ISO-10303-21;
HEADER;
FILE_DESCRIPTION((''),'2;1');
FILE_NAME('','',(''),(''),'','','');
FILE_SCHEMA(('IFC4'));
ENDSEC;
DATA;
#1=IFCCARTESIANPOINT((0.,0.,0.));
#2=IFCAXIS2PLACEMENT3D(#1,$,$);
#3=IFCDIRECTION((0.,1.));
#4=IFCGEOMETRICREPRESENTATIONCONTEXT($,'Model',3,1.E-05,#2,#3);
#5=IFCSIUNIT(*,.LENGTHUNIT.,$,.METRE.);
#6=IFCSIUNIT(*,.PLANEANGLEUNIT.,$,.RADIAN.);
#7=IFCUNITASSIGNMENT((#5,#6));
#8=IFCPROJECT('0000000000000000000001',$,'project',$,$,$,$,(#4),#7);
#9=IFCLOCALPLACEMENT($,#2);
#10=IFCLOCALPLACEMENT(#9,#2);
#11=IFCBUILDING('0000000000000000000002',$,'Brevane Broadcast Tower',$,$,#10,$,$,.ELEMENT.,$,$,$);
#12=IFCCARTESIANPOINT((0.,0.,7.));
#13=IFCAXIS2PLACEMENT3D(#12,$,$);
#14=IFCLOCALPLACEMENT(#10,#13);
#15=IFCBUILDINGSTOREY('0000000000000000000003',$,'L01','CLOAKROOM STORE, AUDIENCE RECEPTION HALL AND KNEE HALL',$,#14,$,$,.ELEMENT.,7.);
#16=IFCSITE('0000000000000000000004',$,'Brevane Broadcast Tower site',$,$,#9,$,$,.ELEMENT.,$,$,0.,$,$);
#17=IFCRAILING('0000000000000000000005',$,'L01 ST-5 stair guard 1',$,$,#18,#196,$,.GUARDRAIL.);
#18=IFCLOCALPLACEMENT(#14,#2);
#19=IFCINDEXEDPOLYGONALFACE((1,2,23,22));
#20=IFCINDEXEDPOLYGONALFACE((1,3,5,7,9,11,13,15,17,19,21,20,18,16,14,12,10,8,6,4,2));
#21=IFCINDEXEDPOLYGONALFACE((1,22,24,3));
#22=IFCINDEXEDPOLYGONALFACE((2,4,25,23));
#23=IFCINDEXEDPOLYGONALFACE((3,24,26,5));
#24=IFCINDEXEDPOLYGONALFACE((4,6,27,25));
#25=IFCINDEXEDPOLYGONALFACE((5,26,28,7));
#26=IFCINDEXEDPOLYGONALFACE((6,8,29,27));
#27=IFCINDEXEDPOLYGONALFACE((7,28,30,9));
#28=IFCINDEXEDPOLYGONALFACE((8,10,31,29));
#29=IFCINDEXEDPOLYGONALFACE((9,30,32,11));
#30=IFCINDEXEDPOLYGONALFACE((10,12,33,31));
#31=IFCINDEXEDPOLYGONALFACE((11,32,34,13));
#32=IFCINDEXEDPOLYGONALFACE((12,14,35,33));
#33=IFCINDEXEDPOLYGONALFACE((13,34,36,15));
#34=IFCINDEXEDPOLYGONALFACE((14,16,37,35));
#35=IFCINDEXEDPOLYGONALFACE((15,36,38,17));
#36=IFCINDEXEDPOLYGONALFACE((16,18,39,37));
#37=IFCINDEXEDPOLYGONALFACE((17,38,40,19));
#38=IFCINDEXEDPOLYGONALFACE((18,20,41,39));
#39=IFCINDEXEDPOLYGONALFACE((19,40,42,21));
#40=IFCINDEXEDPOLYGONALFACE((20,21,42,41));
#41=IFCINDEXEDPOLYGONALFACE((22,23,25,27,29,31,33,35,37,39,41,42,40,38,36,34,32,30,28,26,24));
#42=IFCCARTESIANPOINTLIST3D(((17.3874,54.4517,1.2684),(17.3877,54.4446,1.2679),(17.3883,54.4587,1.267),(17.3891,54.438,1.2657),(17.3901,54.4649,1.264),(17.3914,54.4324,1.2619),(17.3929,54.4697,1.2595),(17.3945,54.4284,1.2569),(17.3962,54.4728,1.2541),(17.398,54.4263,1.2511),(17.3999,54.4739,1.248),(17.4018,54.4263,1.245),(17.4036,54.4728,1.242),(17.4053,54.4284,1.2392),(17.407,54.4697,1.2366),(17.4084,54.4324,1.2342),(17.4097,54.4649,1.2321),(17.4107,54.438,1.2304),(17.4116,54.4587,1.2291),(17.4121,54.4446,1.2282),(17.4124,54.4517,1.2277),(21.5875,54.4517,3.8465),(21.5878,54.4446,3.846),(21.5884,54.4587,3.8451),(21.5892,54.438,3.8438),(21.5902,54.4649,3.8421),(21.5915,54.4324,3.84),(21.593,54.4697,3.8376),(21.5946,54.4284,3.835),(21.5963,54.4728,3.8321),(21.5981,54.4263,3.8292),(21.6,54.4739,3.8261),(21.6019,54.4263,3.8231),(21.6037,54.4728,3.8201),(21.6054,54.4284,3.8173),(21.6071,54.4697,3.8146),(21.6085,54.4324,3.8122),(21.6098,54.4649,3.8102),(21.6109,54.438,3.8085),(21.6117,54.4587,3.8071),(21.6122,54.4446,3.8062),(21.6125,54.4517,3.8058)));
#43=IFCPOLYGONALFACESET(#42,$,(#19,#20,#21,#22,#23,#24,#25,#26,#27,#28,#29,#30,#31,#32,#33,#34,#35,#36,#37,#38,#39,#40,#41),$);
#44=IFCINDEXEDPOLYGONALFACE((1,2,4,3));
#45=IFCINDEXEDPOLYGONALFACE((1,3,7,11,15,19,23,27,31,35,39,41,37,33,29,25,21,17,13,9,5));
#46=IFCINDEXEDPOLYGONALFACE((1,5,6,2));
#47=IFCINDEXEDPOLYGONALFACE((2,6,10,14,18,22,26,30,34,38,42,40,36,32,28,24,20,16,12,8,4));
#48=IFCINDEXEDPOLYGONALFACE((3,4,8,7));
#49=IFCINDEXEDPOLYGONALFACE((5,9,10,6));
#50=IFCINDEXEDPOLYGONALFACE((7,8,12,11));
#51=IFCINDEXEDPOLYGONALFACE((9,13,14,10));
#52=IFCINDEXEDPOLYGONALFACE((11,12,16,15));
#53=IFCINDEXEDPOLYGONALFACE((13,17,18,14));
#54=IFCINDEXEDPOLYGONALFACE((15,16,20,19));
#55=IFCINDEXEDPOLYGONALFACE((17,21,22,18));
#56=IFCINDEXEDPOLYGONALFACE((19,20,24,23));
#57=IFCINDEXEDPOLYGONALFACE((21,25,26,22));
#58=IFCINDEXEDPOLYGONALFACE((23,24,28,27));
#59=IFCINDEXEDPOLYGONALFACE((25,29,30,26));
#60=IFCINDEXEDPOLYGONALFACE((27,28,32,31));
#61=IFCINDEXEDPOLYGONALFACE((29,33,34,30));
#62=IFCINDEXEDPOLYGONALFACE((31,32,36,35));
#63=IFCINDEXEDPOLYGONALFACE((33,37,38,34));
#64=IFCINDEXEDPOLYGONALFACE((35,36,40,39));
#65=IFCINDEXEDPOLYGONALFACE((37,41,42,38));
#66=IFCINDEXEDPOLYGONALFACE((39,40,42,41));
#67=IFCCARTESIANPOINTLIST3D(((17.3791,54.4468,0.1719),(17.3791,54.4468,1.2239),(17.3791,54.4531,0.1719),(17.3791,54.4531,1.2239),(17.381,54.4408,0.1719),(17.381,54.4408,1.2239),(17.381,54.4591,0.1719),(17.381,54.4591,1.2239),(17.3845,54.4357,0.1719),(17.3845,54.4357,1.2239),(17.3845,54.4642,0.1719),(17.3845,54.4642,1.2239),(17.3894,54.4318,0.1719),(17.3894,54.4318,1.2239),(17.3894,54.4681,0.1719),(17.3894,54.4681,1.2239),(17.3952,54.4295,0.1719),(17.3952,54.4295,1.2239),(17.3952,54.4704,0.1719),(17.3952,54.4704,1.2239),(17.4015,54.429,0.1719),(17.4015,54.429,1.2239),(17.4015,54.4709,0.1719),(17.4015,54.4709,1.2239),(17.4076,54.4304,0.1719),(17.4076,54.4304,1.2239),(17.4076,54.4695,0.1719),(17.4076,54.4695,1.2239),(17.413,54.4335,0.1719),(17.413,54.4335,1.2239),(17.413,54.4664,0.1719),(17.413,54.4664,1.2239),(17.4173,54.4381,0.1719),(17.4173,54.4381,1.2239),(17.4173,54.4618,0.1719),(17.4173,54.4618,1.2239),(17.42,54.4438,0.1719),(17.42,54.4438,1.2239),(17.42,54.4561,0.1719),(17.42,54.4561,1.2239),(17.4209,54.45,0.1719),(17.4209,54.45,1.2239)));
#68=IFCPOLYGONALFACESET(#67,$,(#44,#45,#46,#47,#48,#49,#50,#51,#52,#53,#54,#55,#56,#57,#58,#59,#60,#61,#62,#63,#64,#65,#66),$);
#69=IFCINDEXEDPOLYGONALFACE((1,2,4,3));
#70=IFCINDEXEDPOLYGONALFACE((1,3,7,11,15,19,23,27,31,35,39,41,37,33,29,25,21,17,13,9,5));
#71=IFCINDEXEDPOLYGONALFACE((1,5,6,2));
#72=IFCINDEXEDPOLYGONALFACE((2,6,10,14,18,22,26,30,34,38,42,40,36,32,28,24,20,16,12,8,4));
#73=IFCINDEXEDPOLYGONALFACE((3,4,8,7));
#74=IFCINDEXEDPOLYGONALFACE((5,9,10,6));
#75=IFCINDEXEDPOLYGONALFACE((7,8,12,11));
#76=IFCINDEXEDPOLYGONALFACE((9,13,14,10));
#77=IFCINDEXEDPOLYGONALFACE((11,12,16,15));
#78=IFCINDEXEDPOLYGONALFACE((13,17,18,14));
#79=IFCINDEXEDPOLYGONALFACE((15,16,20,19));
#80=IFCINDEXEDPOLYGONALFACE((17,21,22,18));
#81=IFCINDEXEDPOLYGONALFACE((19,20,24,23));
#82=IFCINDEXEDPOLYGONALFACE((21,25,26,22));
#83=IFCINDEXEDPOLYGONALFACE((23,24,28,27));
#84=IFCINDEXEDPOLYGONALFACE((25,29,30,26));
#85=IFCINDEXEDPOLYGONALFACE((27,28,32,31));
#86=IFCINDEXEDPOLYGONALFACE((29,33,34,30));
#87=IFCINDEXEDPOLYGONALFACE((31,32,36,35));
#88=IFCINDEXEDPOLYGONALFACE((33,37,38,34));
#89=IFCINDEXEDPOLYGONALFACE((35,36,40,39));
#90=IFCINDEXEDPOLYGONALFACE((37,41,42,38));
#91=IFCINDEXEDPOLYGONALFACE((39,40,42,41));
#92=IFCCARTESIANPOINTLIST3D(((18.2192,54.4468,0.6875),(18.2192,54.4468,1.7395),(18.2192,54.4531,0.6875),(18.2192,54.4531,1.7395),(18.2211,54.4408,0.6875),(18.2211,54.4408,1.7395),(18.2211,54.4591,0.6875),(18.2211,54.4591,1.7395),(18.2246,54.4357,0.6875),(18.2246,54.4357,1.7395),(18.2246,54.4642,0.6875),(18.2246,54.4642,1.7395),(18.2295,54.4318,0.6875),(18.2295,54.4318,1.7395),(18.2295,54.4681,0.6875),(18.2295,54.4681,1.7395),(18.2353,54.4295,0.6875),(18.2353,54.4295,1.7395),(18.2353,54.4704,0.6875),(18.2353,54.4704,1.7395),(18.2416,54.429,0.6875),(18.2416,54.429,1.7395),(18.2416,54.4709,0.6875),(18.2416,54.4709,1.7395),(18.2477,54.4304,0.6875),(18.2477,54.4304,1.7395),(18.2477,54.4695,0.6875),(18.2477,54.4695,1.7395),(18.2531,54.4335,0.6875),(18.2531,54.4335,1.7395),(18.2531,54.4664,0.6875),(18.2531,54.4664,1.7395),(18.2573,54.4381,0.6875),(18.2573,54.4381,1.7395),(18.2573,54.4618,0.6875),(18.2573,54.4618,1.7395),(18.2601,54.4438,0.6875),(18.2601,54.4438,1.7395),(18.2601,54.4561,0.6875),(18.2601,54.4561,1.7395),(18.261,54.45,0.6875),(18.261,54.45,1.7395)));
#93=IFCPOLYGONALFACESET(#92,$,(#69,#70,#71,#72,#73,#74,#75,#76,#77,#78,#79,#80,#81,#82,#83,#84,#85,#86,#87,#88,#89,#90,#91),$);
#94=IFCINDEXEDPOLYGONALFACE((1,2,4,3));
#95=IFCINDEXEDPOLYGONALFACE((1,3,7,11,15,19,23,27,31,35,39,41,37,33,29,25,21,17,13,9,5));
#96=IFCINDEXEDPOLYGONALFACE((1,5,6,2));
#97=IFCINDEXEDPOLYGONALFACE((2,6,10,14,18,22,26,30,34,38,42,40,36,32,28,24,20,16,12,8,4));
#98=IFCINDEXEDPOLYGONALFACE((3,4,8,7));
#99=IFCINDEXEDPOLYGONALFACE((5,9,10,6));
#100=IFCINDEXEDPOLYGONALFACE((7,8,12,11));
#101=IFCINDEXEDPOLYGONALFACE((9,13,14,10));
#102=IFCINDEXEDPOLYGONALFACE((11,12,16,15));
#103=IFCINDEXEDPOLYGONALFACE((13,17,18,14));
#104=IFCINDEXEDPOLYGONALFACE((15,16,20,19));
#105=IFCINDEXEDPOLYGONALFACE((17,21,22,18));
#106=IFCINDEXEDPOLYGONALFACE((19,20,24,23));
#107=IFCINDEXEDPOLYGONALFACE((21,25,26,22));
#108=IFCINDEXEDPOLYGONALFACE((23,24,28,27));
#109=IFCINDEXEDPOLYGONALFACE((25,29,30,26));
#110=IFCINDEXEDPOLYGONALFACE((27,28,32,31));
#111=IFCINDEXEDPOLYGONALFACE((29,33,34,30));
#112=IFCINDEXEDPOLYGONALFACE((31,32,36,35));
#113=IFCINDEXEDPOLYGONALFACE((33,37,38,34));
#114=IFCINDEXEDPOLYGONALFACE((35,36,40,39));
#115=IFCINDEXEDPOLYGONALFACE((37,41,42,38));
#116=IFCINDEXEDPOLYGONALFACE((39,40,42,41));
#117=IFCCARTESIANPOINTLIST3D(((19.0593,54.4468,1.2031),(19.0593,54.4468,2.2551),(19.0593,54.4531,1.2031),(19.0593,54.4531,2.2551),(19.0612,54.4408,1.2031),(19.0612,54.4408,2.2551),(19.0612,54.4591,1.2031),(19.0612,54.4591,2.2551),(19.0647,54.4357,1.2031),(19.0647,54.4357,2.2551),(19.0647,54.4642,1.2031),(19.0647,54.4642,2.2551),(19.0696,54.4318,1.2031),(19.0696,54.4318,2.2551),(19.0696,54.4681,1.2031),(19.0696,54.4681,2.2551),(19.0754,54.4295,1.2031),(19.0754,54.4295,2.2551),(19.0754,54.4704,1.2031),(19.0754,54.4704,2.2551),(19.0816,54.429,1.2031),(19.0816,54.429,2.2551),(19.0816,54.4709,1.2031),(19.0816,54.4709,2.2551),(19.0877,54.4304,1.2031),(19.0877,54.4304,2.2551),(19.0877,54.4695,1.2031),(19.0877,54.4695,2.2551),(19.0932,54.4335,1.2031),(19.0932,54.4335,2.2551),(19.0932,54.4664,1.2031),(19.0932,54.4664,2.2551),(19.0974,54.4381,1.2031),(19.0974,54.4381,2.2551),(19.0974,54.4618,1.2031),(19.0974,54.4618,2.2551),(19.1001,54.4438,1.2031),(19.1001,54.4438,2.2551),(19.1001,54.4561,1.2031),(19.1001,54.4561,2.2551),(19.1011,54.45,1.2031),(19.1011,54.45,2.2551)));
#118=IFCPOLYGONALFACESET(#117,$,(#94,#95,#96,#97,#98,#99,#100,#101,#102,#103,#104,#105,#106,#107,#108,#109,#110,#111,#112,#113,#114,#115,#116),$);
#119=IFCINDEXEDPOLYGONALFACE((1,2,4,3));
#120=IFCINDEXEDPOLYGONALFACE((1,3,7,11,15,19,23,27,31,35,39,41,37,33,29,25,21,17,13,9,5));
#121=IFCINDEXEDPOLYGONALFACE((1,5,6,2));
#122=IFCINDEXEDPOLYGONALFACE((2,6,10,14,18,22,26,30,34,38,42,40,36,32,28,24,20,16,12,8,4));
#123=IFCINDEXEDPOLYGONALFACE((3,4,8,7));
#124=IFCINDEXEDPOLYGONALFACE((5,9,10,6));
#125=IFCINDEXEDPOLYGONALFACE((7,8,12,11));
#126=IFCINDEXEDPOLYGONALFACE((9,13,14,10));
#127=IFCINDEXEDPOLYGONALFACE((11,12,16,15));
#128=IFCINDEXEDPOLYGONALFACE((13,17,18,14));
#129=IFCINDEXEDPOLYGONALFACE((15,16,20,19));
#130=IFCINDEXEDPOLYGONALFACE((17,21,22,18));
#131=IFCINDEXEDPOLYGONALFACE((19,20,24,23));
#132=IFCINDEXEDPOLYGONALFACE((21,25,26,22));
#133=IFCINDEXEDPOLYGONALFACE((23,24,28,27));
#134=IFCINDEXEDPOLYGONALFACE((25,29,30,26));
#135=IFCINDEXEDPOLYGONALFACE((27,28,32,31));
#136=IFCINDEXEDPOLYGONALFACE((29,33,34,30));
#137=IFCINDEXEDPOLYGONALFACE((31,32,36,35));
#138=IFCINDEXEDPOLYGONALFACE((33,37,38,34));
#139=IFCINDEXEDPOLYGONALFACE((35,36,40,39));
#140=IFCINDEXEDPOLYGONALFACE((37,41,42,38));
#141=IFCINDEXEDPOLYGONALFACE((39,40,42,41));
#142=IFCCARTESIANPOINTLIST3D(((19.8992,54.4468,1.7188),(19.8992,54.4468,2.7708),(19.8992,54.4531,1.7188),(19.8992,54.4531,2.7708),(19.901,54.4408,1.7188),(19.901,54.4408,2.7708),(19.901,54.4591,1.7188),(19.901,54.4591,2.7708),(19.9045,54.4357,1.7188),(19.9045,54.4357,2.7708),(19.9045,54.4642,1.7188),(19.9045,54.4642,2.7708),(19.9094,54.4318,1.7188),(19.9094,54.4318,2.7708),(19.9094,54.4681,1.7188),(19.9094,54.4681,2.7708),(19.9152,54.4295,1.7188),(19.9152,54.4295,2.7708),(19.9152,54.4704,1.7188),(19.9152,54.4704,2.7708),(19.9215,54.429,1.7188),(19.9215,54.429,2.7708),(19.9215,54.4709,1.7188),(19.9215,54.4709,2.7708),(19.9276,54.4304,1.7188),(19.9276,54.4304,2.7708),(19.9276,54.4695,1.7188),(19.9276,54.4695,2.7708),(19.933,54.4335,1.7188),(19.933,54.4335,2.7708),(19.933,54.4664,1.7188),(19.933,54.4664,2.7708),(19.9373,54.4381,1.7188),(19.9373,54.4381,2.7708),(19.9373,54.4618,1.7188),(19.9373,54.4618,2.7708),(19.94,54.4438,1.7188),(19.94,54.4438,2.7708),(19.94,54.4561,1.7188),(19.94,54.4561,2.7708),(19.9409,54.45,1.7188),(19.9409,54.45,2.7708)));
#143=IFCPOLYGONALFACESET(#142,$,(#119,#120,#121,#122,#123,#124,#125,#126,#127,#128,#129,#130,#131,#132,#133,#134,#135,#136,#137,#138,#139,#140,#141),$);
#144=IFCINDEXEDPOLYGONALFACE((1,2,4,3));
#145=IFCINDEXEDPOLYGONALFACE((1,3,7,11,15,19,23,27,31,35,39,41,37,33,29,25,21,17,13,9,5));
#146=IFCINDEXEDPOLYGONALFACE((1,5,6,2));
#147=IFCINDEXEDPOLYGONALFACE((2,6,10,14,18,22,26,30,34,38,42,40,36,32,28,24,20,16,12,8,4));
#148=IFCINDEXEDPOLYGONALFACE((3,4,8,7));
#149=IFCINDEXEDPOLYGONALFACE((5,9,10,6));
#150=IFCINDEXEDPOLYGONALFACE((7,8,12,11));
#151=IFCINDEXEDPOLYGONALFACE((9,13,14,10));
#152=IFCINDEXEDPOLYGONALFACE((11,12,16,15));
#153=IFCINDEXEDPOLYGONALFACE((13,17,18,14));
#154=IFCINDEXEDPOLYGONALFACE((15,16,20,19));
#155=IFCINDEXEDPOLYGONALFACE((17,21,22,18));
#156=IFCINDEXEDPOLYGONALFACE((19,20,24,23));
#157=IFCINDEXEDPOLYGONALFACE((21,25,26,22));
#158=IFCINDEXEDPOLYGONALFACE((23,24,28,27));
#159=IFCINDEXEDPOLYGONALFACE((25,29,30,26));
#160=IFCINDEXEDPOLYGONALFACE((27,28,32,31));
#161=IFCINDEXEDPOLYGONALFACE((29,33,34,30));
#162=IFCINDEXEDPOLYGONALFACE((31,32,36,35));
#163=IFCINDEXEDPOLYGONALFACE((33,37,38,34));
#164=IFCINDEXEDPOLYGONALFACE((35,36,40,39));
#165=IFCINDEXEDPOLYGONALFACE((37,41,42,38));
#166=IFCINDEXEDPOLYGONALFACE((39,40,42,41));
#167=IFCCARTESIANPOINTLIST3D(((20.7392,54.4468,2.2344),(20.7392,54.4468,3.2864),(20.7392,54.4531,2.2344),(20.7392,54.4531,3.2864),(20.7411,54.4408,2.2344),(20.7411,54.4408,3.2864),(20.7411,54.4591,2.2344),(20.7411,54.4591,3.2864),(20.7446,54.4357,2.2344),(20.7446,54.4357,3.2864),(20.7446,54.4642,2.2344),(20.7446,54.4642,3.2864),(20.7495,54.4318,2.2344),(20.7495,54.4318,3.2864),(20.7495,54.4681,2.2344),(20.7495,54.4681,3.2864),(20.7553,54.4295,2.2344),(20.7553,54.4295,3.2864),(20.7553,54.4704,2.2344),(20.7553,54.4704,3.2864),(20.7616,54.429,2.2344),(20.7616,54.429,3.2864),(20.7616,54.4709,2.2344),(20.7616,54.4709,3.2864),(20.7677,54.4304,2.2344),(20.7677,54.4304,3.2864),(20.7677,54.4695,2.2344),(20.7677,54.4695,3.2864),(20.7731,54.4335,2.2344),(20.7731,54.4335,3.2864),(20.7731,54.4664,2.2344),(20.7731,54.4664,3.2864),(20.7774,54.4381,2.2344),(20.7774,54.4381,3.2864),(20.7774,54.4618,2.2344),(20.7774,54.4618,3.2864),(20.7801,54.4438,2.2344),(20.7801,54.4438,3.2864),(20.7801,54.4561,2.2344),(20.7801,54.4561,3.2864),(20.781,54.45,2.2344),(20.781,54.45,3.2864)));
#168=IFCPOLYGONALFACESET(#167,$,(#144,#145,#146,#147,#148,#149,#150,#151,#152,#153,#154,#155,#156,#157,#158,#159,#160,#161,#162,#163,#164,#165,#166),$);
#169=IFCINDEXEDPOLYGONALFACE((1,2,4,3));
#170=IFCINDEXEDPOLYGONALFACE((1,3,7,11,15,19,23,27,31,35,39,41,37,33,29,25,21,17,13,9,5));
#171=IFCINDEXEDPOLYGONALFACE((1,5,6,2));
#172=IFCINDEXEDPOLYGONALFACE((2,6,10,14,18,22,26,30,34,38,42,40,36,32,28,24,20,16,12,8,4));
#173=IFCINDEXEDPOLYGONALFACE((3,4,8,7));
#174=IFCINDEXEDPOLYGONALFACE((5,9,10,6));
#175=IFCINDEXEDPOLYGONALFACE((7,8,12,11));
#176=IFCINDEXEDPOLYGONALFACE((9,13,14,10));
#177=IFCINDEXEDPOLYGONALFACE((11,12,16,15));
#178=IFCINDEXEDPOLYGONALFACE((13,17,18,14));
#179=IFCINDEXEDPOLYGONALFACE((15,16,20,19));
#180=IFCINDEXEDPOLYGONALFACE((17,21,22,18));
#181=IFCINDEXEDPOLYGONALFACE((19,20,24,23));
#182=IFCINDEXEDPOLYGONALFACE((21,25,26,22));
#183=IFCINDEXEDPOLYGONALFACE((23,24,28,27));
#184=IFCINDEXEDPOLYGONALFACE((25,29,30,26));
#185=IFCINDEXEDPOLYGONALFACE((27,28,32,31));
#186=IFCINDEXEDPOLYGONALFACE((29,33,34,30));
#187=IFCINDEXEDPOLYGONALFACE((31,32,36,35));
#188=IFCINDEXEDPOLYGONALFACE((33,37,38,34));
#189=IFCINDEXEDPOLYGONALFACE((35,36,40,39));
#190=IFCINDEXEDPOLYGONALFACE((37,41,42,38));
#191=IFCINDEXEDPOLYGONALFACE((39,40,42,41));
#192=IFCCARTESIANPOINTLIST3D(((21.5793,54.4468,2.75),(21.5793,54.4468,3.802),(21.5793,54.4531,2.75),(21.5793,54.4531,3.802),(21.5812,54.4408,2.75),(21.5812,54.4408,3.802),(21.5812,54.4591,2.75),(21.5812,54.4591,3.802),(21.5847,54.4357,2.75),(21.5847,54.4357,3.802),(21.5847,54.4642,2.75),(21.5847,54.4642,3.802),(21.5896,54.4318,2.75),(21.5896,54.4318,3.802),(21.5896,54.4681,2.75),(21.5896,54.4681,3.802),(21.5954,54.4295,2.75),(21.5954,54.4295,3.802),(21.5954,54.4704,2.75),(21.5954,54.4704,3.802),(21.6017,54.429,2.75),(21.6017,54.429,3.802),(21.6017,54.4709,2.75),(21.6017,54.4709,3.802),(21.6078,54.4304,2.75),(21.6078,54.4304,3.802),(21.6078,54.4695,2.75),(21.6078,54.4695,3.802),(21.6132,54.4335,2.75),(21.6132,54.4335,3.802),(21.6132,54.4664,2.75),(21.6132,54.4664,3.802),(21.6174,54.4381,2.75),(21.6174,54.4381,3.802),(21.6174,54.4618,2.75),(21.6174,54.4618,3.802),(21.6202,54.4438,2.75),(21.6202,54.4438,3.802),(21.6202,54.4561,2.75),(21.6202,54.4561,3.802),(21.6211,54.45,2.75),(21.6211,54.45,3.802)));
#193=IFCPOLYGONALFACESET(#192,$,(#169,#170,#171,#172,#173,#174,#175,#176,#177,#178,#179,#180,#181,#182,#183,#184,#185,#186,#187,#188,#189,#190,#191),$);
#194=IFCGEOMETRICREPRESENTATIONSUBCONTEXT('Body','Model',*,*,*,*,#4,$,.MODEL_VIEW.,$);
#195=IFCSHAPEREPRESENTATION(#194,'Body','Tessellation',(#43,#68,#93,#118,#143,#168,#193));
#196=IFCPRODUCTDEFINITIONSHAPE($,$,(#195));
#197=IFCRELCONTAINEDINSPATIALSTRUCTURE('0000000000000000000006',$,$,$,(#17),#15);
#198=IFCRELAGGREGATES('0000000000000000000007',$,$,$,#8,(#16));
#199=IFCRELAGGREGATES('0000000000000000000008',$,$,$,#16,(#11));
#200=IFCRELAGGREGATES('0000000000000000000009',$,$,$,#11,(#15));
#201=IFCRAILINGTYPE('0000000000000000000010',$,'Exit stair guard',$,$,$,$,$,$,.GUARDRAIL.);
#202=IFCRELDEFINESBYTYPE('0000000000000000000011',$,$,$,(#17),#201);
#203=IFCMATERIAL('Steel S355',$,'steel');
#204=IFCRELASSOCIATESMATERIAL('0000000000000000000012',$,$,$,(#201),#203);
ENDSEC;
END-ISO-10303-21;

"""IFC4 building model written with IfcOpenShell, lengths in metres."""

from ifc_helpers import new_model, si_unit, direction, frame, origin, origin_2d, place, context, subcontext, project, spatial, circle, extrude, material, type_object, element, save


model = new_model("IFC4")

# Units and contexts
model_context = context("Model", 3, precision=1e-05, world=origin(), true_north=direction((0.0, 1.0)))
body_context = subcontext(model_context, "Body", "Model", "MODEL_VIEW")
ifc_project = project(units=[si_unit("LENGTHUNIT", "METRE"), si_unit("PLANEANGLEUNIT", "RADIAN")], contexts=[model_context])

# Site, building, storey
site_placement = place(None, origin())
site = spatial("IfcSite", under=ifc_project, at=site_placement, Name="Brevane Broadcast Tower site", CompositionType="ELEMENT", RefElevation=0.0)
building_placement = place(site_placement, origin())
building = spatial("IfcBuilding", under=site, at=building_placement, Name="Brevane Broadcast Tower", CompositionType="ELEMENT")
storey_placement = place(building_placement, frame((0.0, 0.0, 7.0)))
storey = spatial("IfcBuildingStorey", under=building, at=storey_placement, Name="L01", Description="CLOAKROOM STORE, AUDIENCE RECEPTION HALL AND KNEE HALL", CompositionType="ELEMENT", Elevation=7.0)

# Railing
ifc_material_1 = material(Name="Steel S355", Category="steel")
railing_type_1 = type_object("IfcRailingType", Name="Exit stair guard", PredefinedType="GUARDRAIL", material=ifc_material_1)
railing_1_placement = place(storey_placement, frame((17.3999, 54.45, 0.1719)))
element("IfcRailing", 1, at=railing_1_placement, inside=storey, type_object=railing_type_1, Name="L01 ST-5 stair guard 1", PredefinedType="GUARDRAIL", context=body_context, shape_type="SweptSolid", body=[
    extrude(circle(Radius=0.0239, at=origin_2d()), frame((0.0, 0.0, 1.0762), z_axis=(0.852256, 0.0, 0.523124), x_axis=(0.0, 1.0, 0.0)), (0.0, 0.0, 1.0), 4.9282),
    extrude(circle(Radius=0.021, at=origin_2d()), origin(), (0.0, 0.0, 1.0), 1.052),
    extrude(circle(Radius=0.021, at=origin_2d()), frame((0.8401, 0.0, 0.5156)), (0.0, 0.0, 1.0), 1.052),
    extrude(circle(Radius=0.021, at=origin_2d()), frame((1.6802, 0.0, 1.0312)), (0.0, 0.0, 1.0), 1.052),
    extrude(circle(Radius=0.021, at=origin_2d()), frame((2.52, 0.0, 1.5469)), (0.0, 0.0, 1.0), 1.052),
    extrude(circle(Radius=0.021, at=origin_2d()), frame((3.3601, 0.0, 2.0625)), (0.0, 0.0, 1.0), 1.052),
    extrude(circle(Radius=0.021, at=origin_2d()), frame((4.2002, 0.0, 2.5781)), (0.0, 0.0, 1.0), 1.052),
])

save(model, "model.ifc")
